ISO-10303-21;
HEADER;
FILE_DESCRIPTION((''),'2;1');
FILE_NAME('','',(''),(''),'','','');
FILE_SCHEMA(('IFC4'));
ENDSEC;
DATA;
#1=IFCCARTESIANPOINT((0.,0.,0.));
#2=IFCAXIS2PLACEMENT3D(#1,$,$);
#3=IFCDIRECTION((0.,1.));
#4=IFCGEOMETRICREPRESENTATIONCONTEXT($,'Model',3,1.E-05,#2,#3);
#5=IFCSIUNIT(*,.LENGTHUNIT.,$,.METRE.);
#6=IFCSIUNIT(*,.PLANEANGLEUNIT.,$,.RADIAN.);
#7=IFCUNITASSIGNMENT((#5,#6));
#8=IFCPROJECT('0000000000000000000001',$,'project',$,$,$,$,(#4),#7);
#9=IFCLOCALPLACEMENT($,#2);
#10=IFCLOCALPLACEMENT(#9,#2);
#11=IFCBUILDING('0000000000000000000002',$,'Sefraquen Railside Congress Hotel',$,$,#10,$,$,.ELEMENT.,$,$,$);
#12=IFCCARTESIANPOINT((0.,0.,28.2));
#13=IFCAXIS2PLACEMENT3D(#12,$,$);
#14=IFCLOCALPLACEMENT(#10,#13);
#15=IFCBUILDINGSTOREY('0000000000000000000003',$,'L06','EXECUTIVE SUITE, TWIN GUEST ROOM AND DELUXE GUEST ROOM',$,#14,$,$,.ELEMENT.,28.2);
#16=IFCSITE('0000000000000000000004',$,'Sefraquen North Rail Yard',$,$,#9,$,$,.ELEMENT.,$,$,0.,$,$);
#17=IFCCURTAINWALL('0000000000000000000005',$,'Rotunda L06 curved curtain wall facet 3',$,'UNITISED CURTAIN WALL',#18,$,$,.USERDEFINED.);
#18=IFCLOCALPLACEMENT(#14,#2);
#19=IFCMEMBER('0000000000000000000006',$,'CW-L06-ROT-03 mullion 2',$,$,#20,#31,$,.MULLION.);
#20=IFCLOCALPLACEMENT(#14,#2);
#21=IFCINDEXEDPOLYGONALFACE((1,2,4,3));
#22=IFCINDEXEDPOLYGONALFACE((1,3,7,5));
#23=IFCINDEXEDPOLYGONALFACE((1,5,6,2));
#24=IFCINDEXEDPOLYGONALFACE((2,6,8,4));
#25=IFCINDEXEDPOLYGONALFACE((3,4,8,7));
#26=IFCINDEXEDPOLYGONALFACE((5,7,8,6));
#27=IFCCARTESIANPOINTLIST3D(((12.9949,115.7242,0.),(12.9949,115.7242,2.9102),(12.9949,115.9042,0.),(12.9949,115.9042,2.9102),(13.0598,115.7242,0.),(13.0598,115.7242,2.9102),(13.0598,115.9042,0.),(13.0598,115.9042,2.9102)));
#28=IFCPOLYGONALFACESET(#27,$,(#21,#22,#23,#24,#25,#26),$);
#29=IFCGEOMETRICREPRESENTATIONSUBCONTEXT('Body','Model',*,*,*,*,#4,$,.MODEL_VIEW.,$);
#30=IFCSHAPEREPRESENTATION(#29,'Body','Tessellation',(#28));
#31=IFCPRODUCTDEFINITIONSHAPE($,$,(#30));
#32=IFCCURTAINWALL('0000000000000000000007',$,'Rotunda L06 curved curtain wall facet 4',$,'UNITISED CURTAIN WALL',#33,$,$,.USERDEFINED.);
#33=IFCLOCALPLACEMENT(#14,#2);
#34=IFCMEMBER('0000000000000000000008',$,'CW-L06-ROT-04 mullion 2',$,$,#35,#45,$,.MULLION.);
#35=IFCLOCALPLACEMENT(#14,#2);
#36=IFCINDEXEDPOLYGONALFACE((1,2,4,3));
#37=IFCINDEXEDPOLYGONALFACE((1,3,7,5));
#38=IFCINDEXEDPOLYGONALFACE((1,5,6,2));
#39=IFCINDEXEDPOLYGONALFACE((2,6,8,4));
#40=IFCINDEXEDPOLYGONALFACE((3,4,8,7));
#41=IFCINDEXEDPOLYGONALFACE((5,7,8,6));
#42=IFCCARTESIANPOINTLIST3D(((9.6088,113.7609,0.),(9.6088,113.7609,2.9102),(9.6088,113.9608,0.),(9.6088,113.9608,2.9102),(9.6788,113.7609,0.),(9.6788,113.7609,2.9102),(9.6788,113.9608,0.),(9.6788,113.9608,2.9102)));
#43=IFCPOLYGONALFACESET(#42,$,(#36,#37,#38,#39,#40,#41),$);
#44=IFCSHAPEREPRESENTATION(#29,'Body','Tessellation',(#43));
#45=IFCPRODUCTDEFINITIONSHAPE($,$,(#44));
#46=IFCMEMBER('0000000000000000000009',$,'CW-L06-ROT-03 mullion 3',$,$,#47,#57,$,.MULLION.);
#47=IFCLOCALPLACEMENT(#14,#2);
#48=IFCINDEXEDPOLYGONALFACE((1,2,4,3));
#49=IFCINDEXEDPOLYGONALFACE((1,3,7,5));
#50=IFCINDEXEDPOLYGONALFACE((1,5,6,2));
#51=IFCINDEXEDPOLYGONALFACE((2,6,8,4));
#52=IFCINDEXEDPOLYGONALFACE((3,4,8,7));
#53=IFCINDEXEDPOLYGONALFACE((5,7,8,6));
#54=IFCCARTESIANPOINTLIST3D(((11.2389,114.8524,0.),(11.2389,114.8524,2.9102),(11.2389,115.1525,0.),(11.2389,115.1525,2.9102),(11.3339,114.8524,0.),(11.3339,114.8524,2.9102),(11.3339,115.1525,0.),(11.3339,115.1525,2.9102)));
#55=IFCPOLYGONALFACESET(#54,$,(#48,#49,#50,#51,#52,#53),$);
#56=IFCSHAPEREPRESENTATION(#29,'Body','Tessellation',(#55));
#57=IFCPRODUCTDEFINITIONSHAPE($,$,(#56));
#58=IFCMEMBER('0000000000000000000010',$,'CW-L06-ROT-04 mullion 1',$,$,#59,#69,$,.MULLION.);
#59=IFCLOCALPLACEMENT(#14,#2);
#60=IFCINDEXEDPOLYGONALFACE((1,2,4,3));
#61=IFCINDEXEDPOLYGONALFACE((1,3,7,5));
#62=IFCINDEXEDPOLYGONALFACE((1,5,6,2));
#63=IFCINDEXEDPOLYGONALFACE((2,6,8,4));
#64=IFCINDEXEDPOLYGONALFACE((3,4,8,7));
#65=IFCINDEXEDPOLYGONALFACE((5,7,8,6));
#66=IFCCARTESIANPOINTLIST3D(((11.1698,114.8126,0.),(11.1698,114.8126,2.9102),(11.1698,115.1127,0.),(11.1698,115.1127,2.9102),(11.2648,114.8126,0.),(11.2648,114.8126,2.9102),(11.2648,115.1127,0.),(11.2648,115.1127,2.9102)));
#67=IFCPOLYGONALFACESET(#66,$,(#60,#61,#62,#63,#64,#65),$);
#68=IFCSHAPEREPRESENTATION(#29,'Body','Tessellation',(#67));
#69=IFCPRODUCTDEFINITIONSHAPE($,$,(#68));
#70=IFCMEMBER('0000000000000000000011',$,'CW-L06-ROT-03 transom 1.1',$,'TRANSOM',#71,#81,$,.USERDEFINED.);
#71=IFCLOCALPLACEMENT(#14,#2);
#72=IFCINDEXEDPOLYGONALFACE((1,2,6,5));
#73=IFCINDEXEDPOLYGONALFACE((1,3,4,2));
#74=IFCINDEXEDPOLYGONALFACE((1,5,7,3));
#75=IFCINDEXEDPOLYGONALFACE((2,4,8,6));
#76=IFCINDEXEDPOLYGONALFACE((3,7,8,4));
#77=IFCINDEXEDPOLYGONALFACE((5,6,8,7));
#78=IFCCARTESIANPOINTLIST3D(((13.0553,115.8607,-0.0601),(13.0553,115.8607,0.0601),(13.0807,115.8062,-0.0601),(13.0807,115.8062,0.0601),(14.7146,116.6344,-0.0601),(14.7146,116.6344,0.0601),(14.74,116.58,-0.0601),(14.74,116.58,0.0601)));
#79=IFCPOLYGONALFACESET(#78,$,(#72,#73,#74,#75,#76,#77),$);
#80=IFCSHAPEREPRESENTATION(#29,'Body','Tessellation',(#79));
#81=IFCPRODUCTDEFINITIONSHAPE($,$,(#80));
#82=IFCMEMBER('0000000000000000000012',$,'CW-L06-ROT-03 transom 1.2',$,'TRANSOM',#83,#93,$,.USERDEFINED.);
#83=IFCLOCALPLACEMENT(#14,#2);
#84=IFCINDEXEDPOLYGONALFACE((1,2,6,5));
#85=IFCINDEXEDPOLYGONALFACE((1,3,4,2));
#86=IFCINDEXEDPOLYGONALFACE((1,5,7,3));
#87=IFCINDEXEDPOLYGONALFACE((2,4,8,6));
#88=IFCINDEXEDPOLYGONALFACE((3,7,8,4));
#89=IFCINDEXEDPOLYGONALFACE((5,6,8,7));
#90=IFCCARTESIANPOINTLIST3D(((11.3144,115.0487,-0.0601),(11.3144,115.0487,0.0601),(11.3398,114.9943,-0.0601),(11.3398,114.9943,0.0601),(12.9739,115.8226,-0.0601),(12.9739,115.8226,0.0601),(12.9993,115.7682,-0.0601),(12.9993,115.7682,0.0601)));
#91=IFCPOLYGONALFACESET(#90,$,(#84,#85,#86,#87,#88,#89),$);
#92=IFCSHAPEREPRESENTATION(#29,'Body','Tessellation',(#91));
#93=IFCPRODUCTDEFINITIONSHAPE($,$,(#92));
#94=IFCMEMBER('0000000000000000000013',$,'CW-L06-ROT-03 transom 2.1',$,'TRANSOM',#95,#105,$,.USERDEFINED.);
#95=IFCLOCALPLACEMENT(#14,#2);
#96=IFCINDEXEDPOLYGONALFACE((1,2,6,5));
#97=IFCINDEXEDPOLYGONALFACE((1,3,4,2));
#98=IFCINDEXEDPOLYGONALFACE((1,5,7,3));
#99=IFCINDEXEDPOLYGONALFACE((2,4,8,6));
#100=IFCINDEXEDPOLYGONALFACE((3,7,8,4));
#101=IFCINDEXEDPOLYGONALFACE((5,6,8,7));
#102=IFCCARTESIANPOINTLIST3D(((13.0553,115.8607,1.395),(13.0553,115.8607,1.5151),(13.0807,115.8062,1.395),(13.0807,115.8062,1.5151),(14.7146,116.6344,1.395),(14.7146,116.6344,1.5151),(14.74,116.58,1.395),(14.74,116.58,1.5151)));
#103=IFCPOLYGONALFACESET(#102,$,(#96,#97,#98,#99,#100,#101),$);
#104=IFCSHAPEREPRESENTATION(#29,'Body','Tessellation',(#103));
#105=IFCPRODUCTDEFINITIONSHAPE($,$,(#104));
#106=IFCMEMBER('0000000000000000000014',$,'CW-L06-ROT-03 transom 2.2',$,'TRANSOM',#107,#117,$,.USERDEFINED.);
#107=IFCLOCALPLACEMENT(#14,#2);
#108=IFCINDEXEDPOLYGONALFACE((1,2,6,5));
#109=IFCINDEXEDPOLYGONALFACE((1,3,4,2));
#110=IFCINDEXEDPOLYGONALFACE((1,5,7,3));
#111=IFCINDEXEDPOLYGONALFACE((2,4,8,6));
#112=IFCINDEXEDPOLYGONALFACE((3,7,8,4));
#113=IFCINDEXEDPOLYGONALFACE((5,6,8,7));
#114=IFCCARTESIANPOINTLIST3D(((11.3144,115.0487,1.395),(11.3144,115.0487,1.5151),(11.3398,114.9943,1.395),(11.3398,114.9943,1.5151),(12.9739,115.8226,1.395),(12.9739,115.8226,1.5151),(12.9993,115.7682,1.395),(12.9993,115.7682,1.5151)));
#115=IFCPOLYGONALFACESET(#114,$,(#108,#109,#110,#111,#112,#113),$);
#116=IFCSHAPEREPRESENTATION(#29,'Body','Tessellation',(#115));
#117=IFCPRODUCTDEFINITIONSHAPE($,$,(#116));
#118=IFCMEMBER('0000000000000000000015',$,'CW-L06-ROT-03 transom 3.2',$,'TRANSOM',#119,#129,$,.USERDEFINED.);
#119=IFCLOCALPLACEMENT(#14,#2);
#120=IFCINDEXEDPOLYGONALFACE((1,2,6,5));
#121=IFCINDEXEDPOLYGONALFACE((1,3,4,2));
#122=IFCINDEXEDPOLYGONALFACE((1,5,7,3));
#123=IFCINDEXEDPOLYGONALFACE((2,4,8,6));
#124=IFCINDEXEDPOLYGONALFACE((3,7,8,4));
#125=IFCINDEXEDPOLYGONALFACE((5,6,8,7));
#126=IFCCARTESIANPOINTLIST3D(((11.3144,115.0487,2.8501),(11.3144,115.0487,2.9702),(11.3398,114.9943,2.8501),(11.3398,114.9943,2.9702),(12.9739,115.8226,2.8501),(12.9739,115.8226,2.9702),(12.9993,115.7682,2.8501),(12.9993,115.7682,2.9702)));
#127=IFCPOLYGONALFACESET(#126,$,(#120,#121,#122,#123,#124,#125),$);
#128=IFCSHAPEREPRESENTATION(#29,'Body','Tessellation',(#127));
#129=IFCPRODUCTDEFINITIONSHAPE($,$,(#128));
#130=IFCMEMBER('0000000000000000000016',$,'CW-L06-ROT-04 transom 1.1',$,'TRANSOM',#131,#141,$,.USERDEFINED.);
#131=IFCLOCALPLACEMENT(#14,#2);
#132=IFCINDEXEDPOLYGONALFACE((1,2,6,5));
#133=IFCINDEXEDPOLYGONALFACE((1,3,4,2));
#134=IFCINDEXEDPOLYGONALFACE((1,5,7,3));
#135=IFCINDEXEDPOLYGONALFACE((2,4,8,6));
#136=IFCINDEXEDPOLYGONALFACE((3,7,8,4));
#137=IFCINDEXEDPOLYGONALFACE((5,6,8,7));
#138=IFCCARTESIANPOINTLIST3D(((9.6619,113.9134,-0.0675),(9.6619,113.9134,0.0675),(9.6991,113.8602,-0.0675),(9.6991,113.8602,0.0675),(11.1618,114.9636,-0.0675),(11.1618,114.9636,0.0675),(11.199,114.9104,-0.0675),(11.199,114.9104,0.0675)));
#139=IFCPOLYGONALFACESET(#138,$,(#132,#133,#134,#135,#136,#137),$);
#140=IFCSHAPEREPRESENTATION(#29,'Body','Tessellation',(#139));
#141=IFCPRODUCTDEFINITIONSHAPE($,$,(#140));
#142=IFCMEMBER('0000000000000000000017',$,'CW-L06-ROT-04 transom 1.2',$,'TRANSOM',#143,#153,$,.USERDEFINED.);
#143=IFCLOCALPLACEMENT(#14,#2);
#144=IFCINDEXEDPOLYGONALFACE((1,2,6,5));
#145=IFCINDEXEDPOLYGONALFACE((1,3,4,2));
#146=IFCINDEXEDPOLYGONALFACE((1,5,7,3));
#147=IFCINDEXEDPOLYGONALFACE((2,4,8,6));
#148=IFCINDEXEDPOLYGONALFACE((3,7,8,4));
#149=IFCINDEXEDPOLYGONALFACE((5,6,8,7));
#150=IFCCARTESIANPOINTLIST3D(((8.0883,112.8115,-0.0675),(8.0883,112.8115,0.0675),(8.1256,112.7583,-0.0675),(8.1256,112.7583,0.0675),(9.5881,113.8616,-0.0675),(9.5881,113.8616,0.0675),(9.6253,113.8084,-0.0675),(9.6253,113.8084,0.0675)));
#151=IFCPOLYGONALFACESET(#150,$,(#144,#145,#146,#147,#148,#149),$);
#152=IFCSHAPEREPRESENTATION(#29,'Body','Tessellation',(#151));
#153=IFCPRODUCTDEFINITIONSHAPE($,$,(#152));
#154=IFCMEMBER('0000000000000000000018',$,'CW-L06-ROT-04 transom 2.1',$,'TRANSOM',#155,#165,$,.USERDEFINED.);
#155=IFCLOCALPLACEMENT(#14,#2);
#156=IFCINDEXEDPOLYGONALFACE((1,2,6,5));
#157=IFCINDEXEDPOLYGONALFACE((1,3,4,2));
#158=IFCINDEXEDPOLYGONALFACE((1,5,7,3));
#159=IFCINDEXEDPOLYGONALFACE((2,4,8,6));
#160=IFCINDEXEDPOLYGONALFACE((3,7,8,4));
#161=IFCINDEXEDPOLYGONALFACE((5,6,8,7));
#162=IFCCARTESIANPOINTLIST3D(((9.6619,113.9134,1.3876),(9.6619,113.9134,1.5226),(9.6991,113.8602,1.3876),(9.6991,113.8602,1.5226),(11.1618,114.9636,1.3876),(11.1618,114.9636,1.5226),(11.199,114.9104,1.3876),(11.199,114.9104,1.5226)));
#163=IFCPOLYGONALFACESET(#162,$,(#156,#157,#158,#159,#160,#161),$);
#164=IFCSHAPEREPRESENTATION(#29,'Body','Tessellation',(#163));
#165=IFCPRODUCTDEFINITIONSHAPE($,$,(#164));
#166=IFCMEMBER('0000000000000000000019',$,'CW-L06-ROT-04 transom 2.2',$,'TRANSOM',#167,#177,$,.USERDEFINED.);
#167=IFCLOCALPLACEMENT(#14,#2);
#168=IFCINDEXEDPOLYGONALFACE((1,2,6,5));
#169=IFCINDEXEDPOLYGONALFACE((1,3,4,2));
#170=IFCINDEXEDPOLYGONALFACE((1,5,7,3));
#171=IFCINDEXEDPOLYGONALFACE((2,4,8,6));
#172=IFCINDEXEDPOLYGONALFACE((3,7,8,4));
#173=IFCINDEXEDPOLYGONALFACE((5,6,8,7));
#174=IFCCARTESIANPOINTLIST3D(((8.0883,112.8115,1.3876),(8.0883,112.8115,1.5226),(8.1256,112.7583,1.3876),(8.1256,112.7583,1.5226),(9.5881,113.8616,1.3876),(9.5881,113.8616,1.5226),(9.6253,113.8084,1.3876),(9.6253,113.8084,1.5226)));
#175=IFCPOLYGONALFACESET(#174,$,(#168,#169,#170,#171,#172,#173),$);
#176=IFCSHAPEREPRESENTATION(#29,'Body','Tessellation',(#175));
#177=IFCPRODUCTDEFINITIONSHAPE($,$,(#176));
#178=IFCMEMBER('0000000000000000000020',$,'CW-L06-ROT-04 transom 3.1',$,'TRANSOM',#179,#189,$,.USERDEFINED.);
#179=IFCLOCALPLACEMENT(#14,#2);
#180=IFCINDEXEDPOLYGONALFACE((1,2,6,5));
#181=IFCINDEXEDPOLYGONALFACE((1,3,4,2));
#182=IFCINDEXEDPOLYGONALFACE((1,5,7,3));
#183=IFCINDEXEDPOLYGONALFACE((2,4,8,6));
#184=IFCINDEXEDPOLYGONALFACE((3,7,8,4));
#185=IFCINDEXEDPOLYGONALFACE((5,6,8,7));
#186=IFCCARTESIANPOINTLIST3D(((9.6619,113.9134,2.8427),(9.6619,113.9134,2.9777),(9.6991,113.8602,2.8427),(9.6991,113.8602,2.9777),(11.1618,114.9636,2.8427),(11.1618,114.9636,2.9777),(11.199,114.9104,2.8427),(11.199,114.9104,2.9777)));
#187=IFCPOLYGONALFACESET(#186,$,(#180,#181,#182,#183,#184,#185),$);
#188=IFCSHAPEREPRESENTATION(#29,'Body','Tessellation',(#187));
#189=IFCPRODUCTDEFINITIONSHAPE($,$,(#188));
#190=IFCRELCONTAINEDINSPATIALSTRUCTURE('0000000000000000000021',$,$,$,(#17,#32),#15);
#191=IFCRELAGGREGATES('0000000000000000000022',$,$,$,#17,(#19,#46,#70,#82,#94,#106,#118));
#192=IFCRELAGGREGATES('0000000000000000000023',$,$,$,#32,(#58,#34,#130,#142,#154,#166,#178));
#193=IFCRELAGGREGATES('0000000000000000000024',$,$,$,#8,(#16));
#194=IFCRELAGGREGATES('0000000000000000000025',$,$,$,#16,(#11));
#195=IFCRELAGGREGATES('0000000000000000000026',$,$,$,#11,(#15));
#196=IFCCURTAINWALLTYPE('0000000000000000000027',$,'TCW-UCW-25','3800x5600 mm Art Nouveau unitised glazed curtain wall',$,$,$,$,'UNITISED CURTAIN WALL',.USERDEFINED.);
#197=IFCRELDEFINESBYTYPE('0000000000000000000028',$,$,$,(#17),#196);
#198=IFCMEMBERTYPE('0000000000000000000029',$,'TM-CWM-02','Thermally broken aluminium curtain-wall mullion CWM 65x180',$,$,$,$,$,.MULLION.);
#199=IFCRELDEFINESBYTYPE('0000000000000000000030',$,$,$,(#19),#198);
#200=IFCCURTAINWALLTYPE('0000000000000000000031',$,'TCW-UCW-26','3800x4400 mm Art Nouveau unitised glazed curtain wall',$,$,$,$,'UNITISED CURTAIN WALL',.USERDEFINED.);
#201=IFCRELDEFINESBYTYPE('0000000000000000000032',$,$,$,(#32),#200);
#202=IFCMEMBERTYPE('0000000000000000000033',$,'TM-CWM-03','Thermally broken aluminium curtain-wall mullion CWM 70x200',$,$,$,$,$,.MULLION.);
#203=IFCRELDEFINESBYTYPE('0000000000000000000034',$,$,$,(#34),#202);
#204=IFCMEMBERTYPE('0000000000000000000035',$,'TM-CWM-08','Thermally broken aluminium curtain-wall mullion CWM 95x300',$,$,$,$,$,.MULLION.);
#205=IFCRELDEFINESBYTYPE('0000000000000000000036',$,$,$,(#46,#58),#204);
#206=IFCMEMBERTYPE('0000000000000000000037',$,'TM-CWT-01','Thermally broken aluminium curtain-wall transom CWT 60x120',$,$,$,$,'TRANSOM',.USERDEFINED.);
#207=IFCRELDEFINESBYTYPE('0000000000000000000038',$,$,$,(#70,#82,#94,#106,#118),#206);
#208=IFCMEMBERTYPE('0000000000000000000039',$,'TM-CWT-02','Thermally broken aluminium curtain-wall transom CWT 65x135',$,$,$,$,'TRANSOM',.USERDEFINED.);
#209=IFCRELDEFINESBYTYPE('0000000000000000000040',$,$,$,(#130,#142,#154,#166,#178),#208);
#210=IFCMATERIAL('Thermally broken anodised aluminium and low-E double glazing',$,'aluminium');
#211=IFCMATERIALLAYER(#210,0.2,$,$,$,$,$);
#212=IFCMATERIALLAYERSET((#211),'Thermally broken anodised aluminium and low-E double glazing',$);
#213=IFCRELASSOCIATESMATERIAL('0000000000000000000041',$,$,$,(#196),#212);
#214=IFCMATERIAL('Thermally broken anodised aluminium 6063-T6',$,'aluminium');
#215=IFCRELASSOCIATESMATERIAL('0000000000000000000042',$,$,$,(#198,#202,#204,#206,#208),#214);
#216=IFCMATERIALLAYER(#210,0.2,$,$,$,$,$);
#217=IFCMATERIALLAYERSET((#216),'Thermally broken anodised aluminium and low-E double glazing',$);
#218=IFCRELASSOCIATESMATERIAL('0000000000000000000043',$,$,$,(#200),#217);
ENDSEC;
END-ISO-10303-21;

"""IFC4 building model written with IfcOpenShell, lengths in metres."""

from ifc_helpers import new_model, si_unit, direction, frame, origin, origin_2d, place, context, subcontext, project, spatial, rectangle, extrude, material, layer, layer_set, material_profile, profile_set, type_object, element, aggregate, save


model = new_model("IFC4")

# Units and contexts
model_context = context("Model", 3, precision=1e-05, world=origin(), true_north=direction((0.0, 1.0)))
body_context = subcontext(model_context, "Body", "Model", "MODEL_VIEW")
ifc_project = project(units=[si_unit("LENGTHUNIT", "METRE"), si_unit("PLANEANGLEUNIT", "RADIAN")], contexts=[model_context])

# Site, building, storey
site_placement = place(None, origin())
site = spatial("IfcSite", under=ifc_project, at=site_placement, Name="Sefraquen North Rail Yard", CompositionType="ELEMENT", RefElevation=0.0)
building_placement = place(site_placement, origin())
building = spatial("IfcBuilding", under=site, at=building_placement, Name="Sefraquen Railside Congress Hotel", CompositionType="ELEMENT")
storey_placement = place(building_placement, frame((0.0, 0.0, 28.2)))
storey = spatial("IfcBuildingStorey", under=building, at=storey_placement, Name="L06", Description="EXECUTIVE SUITE, TWIN GUEST ROOM AND DELUXE GUEST ROOM", CompositionType="ELEMENT", Elevation=28.2)

# Curtain walls, members
ifc_material_1 = material(Name="Thermally broken anodised aluminium and low-E double glazing", Category="aluminium")
ifc_layer_1 = layer(ifc_material_1, 0.2)
ifc_layer_set_1 = layer_set([ifc_layer_1], Name="Thermally broken anodised aluminium and low-E double glazing")
curtain_wall_type_1 = type_object("IfcCurtainWallType", Name="TCW-UCW-25", Description="3800x5600 mm Art Nouveau unitised glazed curtain wall", ElementType="UNITISED CURTAIN WALL", PredefinedType="USERDEFINED", material=ifc_layer_set_1)
curtain_wall_1_placement = place(storey_placement, origin())
curtain_wall_1 = element("IfcCurtainWall", 1, at=curtain_wall_1_placement, inside=storey, type_object=curtain_wall_type_1, Name="Rotunda L06 curved curtain wall facet 3", ObjectType="UNITISED CURTAIN WALL", PredefinedType="USERDEFINED")
ifc_material_2 = material(Name="Thermally broken anodised aluminium 6063-T6", Category="aluminium")
ifc_material_profile_1 = material_profile(ifc_material_2, rectangle(XDim=0.0649, YDim=0.1799, at=origin_2d()), Name="CWM 65x180")
ifc_profile_set_1 = profile_set([ifc_material_profile_1], Name="Thermally broken anodised aluminium 6063-T6")
member_type_1 = type_object("IfcMemberType", Name="TM-CWM-02", Description="Thermally broken aluminium curtain-wall mullion CWM 65x180", PredefinedType="MULLION", material=ifc_profile_set_1)
member_1_placement = place(storey_placement, frame((13.0273, 115.8142, 0.0), z_axis=(0.0, 0.0, 1.0), x_axis=(1.0, 0.0, 0.0)))
member_1 = element("IfcMember", 2, at=member_1_placement, type_object=member_type_1, Name="CW-L06-ROT-03 mullion 2", PredefinedType="MULLION", context=body_context, shape_type="SweptSolid", body=[
    extrude(rectangle(XDim=0.0649, YDim=0.1799, at=origin_2d()), origin(), (0.0, 0.0, 1.0), 2.9102),
])
ifc_layer_2 = layer(ifc_material_1, 0.2)
ifc_layer_set_2 = layer_set([ifc_layer_2], Name="Thermally broken anodised aluminium and low-E double glazing")
curtain_wall_type_2 = type_object("IfcCurtainWallType", Name="TCW-UCW-26", Description="3800x4400 mm Art Nouveau unitised glazed curtain wall", ElementType="UNITISED CURTAIN WALL", PredefinedType="USERDEFINED", material=ifc_layer_set_2)
curtain_wall_2_placement = place(storey_placement, origin())
curtain_wall_2 = element("IfcCurtainWall", 3, at=curtain_wall_2_placement, inside=storey, type_object=curtain_wall_type_2, Name="Rotunda L06 curved curtain wall facet 4", ObjectType="UNITISED CURTAIN WALL", PredefinedType="USERDEFINED")
ifc_material_profile_2 = material_profile(ifc_material_2, rectangle(XDim=0.0701, YDim=0.2, at=origin_2d()), Name="CWM 70x200")
ifc_profile_set_2 = profile_set([ifc_material_profile_2], Name="Thermally broken anodised aluminium 6063-T6")
member_type_2 = type_object("IfcMemberType", Name="TM-CWM-03", Description="Thermally broken aluminium curtain-wall mullion CWM 70x200", PredefinedType="MULLION", material=ifc_profile_set_2)
member_2_placement = place(storey_placement, frame((9.6438, 113.8608, 0.0), z_axis=(0.0, 0.0, 1.0), x_axis=(1.0, 0.0, 0.0)))
member_2 = element("IfcMember", 4, at=member_2_placement, type_object=member_type_2, Name="CW-L06-ROT-04 mullion 2", PredefinedType="MULLION", context=body_context, shape_type="SweptSolid", body=[
    extrude(rectangle(XDim=0.0701, YDim=0.2, at=origin_2d()), origin(), (0.0, 0.0, 1.0), 2.9102),
])

# Members
ifc_material_profile_3 = material_profile(ifc_material_2, rectangle(XDim=0.095, YDim=0.3, at=origin_2d()), Name="CWM 95x300")
ifc_profile_set_3 = profile_set([ifc_material_profile_3], Name="Thermally broken anodised aluminium 6063-T6")
member_type_3 = type_object("IfcMemberType", Name="TM-CWM-08", Description="Thermally broken aluminium curtain-wall mullion CWM 95x300", PredefinedType="MULLION", material=ifc_profile_set_3)
member_3_placement = place(storey_placement, frame((11.2864, 115.0024, 0.0), z_axis=(0.0, 0.0, 1.0), x_axis=(1.0, 0.0, 0.0)))
member_3 = element("IfcMember", 5, at=member_3_placement, type_object=member_type_3, Name="CW-L06-ROT-03 mullion 3", PredefinedType="MULLION", context=body_context, shape_type="SweptSolid", body=[
    extrude(rectangle(XDim=0.095, YDim=0.3, at=origin_2d()), origin(), (0.0, 0.0, 1.0), 2.9102),
])
member_4_placement = place(storey_placement, frame((11.2173, 114.9626, 0.0), z_axis=(0.0, 0.0, 1.0), x_axis=(1.0, 0.0, 0.0)))
member_4 = element("IfcMember", 6, at=member_4_placement, type_object=member_type_3, Name="CW-L06-ROT-04 mullion 1", PredefinedType="MULLION", context=body_context, shape_type="SweptSolid", body=[
    extrude(rectangle(XDim=0.095, YDim=0.3, at=origin_2d()), origin(), (0.0, 0.0, 1.0), 2.9102),
])
ifc_material_profile_4 = material_profile(ifc_material_2, rectangle(XDim=0.0601, YDim=0.1201, at=origin_2d()), Name="CWT 60x120")
ifc_profile_set_4 = profile_set([ifc_material_profile_4], Name="Thermally broken anodised aluminium 6063-T6")
member_type_4 = type_object("IfcMemberType", Name="TM-CWT-01", Description="Thermally broken aluminium curtain-wall transom CWT 60x120", ElementType="TRANSOM", PredefinedType="USERDEFINED", material=ifc_profile_set_4)
member_5_placement = place(storey_placement, frame((14.7273, 116.6072, 0.0), z_axis=(-0.906309, -0.422615, 0.0), x_axis=(0.422615, -0.906309, 0.0)))
member_5 = element("IfcMember", 7, at=member_5_placement, type_object=member_type_4, Name="CW-L06-ROT-03 transom 1.1", ObjectType="TRANSOM", PredefinedType="USERDEFINED", context=body_context, shape_type="SweptSolid", body=[
    extrude(rectangle(XDim=0.0601, YDim=0.1201, at=origin_2d()), origin(), (0.0, 0.0, 1.0), 1.8308),
])
member_6_placement = place(storey_placement, frame((12.9866, 115.7954, 0.0), z_axis=(-0.906282, -0.422674, 0.0), x_axis=(0.422674, -0.906282, 0.0)))
member_6 = element("IfcMember", 8, at=member_6_placement, type_object=member_type_4, Name="CW-L06-ROT-03 transom 1.2", ObjectType="TRANSOM", PredefinedType="USERDEFINED", context=body_context, shape_type="SweptSolid", body=[
    extrude(rectangle(XDim=0.0601, YDim=0.1201, at=origin_2d()), origin(), (0.0, 0.0, 1.0), 1.8311),
])
member_7_placement = place(storey_placement, frame((14.7273, 116.6072, 1.4551), z_axis=(-0.906309, -0.422615, 0.0), x_axis=(0.422615, -0.906309, 0.0)))
member_7 = element("IfcMember", 9, at=member_7_placement, type_object=member_type_4, Name="CW-L06-ROT-03 transom 2.1", ObjectType="TRANSOM", PredefinedType="USERDEFINED", context=body_context, shape_type="SweptSolid", body=[
    extrude(rectangle(XDim=0.0601, YDim=0.1201, at=origin_2d()), origin(), (0.0, 0.0, 1.0), 1.8308),
])
member_8_placement = place(storey_placement, frame((12.9866, 115.7954, 1.4551), z_axis=(-0.906282, -0.422674, 0.0), x_axis=(0.422674, -0.906282, 0.0)))
member_8 = element("IfcMember", 10, at=member_8_placement, type_object=member_type_4, Name="CW-L06-ROT-03 transom 2.2", ObjectType="TRANSOM", PredefinedType="USERDEFINED", context=body_context, shape_type="SweptSolid", body=[
    extrude(rectangle(XDim=0.0601, YDim=0.1201, at=origin_2d()), origin(), (0.0, 0.0, 1.0), 1.8311),
])
member_9_placement = place(storey_placement, frame((12.9866, 115.7954, 2.9102), z_axis=(-0.906282, -0.422674, 0.0), x_axis=(0.422674, -0.906282, 0.0)))
member_9 = element("IfcMember", 11, at=member_9_placement, type_object=member_type_4, Name="CW-L06-ROT-03 transom 3.2", ObjectType="TRANSOM", PredefinedType="USERDEFINED", context=body_context, shape_type="SweptSolid", body=[
    extrude(rectangle(XDim=0.0601, YDim=0.1201, at=origin_2d()), origin(), (0.0, 0.0, 1.0), 1.8311),
])
ifc_material_profile_5 = material_profile(ifc_material_2, rectangle(XDim=0.0649, YDim=0.135, at=origin_2d()), Name="CWT 65x135")
ifc_profile_set_5 = profile_set([ifc_material_profile_5], Name="Thermally broken anodised aluminium 6063-T6")
member_type_5 = type_object("IfcMemberType", Name="TM-CWT-02", Description="Thermally broken aluminium curtain-wall transom CWT 65x135", ElementType="TRANSOM", PredefinedType="USERDEFINED", material=ifc_profile_set_5)
member_10_placement = place(storey_placement, frame((11.1804, 114.937, 0.0), z_axis=(-0.819157, -0.57357, 0.0), x_axis=(0.57357, -0.819157, 0.0)))
member_10 = element("IfcMember", 12, at=member_10_placement, type_object=member_type_5, Name="CW-L06-ROT-04 transom 1.1", ObjectType="TRANSOM", PredefinedType="USERDEFINED", context=body_context, shape_type="SweptSolid", body=[
    extrude(rectangle(XDim=0.0649, YDim=0.135, at=origin_2d()), origin(), (0.0, 0.0, 1.0), 1.8311),
])
member_11_placement = place(storey_placement, frame((9.6067, 113.835, 0.0), z_axis=(-0.819176, -0.573543, 0.0), x_axis=(0.573543, -0.819176, 0.0)))
member_11 = element("IfcMember", 13, at=member_11_placement, type_object=member_type_5, Name="CW-L06-ROT-04 transom 1.2", ObjectType="TRANSOM", PredefinedType="USERDEFINED", context=body_context, shape_type="SweptSolid", body=[
    extrude(rectangle(XDim=0.0649, YDim=0.135, at=origin_2d()), origin(), (0.0, 0.0, 1.0), 1.8308),
])
member_12_placement = place(storey_placement, frame((11.1804, 114.937, 1.4551), z_axis=(-0.819157, -0.57357, 0.0), x_axis=(0.57357, -0.819157, 0.0)))
member_12 = element("IfcMember", 14, at=member_12_placement, type_object=member_type_5, Name="CW-L06-ROT-04 transom 2.1", ObjectType="TRANSOM", PredefinedType="USERDEFINED", context=body_context, shape_type="SweptSolid", body=[
    extrude(rectangle(XDim=0.0649, YDim=0.135, at=origin_2d()), origin(), (0.0, 0.0, 1.0), 1.8311),
])
member_13_placement = place(storey_placement, frame((9.6067, 113.835, 1.4551), z_axis=(-0.819176, -0.573543, 0.0), x_axis=(0.573543, -0.819176, 0.0)))
member_13 = element("IfcMember", 15, at=member_13_placement, type_object=member_type_5, Name="CW-L06-ROT-04 transom 2.2", ObjectType="TRANSOM", PredefinedType="USERDEFINED", context=body_context, shape_type="SweptSolid", body=[
    extrude(rectangle(XDim=0.0649, YDim=0.135, at=origin_2d()), origin(), (0.0, 0.0, 1.0), 1.8308),
])
member_14_placement = place(storey_placement, frame((11.1804, 114.937, 2.9102), z_axis=(-0.819157, -0.57357, 0.0), x_axis=(0.57357, -0.819157, 0.0)))
member_14 = element("IfcMember", 16, at=member_14_placement, type_object=member_type_5, Name="CW-L06-ROT-04 transom 3.1", ObjectType="TRANSOM", PredefinedType="USERDEFINED", context=body_context, shape_type="SweptSolid", body=[
    extrude(rectangle(XDim=0.0649, YDim=0.135, at=origin_2d()), origin(), (0.0, 0.0, 1.0), 1.8311),
])

aggregate(curtain_wall_1, [member_1, member_3, member_5, member_6, member_7, member_8, member_9])
aggregate(curtain_wall_2, [member_4, member_2, member_10, member_11, member_12, member_13, member_14])

save(model, "model.ifc")
